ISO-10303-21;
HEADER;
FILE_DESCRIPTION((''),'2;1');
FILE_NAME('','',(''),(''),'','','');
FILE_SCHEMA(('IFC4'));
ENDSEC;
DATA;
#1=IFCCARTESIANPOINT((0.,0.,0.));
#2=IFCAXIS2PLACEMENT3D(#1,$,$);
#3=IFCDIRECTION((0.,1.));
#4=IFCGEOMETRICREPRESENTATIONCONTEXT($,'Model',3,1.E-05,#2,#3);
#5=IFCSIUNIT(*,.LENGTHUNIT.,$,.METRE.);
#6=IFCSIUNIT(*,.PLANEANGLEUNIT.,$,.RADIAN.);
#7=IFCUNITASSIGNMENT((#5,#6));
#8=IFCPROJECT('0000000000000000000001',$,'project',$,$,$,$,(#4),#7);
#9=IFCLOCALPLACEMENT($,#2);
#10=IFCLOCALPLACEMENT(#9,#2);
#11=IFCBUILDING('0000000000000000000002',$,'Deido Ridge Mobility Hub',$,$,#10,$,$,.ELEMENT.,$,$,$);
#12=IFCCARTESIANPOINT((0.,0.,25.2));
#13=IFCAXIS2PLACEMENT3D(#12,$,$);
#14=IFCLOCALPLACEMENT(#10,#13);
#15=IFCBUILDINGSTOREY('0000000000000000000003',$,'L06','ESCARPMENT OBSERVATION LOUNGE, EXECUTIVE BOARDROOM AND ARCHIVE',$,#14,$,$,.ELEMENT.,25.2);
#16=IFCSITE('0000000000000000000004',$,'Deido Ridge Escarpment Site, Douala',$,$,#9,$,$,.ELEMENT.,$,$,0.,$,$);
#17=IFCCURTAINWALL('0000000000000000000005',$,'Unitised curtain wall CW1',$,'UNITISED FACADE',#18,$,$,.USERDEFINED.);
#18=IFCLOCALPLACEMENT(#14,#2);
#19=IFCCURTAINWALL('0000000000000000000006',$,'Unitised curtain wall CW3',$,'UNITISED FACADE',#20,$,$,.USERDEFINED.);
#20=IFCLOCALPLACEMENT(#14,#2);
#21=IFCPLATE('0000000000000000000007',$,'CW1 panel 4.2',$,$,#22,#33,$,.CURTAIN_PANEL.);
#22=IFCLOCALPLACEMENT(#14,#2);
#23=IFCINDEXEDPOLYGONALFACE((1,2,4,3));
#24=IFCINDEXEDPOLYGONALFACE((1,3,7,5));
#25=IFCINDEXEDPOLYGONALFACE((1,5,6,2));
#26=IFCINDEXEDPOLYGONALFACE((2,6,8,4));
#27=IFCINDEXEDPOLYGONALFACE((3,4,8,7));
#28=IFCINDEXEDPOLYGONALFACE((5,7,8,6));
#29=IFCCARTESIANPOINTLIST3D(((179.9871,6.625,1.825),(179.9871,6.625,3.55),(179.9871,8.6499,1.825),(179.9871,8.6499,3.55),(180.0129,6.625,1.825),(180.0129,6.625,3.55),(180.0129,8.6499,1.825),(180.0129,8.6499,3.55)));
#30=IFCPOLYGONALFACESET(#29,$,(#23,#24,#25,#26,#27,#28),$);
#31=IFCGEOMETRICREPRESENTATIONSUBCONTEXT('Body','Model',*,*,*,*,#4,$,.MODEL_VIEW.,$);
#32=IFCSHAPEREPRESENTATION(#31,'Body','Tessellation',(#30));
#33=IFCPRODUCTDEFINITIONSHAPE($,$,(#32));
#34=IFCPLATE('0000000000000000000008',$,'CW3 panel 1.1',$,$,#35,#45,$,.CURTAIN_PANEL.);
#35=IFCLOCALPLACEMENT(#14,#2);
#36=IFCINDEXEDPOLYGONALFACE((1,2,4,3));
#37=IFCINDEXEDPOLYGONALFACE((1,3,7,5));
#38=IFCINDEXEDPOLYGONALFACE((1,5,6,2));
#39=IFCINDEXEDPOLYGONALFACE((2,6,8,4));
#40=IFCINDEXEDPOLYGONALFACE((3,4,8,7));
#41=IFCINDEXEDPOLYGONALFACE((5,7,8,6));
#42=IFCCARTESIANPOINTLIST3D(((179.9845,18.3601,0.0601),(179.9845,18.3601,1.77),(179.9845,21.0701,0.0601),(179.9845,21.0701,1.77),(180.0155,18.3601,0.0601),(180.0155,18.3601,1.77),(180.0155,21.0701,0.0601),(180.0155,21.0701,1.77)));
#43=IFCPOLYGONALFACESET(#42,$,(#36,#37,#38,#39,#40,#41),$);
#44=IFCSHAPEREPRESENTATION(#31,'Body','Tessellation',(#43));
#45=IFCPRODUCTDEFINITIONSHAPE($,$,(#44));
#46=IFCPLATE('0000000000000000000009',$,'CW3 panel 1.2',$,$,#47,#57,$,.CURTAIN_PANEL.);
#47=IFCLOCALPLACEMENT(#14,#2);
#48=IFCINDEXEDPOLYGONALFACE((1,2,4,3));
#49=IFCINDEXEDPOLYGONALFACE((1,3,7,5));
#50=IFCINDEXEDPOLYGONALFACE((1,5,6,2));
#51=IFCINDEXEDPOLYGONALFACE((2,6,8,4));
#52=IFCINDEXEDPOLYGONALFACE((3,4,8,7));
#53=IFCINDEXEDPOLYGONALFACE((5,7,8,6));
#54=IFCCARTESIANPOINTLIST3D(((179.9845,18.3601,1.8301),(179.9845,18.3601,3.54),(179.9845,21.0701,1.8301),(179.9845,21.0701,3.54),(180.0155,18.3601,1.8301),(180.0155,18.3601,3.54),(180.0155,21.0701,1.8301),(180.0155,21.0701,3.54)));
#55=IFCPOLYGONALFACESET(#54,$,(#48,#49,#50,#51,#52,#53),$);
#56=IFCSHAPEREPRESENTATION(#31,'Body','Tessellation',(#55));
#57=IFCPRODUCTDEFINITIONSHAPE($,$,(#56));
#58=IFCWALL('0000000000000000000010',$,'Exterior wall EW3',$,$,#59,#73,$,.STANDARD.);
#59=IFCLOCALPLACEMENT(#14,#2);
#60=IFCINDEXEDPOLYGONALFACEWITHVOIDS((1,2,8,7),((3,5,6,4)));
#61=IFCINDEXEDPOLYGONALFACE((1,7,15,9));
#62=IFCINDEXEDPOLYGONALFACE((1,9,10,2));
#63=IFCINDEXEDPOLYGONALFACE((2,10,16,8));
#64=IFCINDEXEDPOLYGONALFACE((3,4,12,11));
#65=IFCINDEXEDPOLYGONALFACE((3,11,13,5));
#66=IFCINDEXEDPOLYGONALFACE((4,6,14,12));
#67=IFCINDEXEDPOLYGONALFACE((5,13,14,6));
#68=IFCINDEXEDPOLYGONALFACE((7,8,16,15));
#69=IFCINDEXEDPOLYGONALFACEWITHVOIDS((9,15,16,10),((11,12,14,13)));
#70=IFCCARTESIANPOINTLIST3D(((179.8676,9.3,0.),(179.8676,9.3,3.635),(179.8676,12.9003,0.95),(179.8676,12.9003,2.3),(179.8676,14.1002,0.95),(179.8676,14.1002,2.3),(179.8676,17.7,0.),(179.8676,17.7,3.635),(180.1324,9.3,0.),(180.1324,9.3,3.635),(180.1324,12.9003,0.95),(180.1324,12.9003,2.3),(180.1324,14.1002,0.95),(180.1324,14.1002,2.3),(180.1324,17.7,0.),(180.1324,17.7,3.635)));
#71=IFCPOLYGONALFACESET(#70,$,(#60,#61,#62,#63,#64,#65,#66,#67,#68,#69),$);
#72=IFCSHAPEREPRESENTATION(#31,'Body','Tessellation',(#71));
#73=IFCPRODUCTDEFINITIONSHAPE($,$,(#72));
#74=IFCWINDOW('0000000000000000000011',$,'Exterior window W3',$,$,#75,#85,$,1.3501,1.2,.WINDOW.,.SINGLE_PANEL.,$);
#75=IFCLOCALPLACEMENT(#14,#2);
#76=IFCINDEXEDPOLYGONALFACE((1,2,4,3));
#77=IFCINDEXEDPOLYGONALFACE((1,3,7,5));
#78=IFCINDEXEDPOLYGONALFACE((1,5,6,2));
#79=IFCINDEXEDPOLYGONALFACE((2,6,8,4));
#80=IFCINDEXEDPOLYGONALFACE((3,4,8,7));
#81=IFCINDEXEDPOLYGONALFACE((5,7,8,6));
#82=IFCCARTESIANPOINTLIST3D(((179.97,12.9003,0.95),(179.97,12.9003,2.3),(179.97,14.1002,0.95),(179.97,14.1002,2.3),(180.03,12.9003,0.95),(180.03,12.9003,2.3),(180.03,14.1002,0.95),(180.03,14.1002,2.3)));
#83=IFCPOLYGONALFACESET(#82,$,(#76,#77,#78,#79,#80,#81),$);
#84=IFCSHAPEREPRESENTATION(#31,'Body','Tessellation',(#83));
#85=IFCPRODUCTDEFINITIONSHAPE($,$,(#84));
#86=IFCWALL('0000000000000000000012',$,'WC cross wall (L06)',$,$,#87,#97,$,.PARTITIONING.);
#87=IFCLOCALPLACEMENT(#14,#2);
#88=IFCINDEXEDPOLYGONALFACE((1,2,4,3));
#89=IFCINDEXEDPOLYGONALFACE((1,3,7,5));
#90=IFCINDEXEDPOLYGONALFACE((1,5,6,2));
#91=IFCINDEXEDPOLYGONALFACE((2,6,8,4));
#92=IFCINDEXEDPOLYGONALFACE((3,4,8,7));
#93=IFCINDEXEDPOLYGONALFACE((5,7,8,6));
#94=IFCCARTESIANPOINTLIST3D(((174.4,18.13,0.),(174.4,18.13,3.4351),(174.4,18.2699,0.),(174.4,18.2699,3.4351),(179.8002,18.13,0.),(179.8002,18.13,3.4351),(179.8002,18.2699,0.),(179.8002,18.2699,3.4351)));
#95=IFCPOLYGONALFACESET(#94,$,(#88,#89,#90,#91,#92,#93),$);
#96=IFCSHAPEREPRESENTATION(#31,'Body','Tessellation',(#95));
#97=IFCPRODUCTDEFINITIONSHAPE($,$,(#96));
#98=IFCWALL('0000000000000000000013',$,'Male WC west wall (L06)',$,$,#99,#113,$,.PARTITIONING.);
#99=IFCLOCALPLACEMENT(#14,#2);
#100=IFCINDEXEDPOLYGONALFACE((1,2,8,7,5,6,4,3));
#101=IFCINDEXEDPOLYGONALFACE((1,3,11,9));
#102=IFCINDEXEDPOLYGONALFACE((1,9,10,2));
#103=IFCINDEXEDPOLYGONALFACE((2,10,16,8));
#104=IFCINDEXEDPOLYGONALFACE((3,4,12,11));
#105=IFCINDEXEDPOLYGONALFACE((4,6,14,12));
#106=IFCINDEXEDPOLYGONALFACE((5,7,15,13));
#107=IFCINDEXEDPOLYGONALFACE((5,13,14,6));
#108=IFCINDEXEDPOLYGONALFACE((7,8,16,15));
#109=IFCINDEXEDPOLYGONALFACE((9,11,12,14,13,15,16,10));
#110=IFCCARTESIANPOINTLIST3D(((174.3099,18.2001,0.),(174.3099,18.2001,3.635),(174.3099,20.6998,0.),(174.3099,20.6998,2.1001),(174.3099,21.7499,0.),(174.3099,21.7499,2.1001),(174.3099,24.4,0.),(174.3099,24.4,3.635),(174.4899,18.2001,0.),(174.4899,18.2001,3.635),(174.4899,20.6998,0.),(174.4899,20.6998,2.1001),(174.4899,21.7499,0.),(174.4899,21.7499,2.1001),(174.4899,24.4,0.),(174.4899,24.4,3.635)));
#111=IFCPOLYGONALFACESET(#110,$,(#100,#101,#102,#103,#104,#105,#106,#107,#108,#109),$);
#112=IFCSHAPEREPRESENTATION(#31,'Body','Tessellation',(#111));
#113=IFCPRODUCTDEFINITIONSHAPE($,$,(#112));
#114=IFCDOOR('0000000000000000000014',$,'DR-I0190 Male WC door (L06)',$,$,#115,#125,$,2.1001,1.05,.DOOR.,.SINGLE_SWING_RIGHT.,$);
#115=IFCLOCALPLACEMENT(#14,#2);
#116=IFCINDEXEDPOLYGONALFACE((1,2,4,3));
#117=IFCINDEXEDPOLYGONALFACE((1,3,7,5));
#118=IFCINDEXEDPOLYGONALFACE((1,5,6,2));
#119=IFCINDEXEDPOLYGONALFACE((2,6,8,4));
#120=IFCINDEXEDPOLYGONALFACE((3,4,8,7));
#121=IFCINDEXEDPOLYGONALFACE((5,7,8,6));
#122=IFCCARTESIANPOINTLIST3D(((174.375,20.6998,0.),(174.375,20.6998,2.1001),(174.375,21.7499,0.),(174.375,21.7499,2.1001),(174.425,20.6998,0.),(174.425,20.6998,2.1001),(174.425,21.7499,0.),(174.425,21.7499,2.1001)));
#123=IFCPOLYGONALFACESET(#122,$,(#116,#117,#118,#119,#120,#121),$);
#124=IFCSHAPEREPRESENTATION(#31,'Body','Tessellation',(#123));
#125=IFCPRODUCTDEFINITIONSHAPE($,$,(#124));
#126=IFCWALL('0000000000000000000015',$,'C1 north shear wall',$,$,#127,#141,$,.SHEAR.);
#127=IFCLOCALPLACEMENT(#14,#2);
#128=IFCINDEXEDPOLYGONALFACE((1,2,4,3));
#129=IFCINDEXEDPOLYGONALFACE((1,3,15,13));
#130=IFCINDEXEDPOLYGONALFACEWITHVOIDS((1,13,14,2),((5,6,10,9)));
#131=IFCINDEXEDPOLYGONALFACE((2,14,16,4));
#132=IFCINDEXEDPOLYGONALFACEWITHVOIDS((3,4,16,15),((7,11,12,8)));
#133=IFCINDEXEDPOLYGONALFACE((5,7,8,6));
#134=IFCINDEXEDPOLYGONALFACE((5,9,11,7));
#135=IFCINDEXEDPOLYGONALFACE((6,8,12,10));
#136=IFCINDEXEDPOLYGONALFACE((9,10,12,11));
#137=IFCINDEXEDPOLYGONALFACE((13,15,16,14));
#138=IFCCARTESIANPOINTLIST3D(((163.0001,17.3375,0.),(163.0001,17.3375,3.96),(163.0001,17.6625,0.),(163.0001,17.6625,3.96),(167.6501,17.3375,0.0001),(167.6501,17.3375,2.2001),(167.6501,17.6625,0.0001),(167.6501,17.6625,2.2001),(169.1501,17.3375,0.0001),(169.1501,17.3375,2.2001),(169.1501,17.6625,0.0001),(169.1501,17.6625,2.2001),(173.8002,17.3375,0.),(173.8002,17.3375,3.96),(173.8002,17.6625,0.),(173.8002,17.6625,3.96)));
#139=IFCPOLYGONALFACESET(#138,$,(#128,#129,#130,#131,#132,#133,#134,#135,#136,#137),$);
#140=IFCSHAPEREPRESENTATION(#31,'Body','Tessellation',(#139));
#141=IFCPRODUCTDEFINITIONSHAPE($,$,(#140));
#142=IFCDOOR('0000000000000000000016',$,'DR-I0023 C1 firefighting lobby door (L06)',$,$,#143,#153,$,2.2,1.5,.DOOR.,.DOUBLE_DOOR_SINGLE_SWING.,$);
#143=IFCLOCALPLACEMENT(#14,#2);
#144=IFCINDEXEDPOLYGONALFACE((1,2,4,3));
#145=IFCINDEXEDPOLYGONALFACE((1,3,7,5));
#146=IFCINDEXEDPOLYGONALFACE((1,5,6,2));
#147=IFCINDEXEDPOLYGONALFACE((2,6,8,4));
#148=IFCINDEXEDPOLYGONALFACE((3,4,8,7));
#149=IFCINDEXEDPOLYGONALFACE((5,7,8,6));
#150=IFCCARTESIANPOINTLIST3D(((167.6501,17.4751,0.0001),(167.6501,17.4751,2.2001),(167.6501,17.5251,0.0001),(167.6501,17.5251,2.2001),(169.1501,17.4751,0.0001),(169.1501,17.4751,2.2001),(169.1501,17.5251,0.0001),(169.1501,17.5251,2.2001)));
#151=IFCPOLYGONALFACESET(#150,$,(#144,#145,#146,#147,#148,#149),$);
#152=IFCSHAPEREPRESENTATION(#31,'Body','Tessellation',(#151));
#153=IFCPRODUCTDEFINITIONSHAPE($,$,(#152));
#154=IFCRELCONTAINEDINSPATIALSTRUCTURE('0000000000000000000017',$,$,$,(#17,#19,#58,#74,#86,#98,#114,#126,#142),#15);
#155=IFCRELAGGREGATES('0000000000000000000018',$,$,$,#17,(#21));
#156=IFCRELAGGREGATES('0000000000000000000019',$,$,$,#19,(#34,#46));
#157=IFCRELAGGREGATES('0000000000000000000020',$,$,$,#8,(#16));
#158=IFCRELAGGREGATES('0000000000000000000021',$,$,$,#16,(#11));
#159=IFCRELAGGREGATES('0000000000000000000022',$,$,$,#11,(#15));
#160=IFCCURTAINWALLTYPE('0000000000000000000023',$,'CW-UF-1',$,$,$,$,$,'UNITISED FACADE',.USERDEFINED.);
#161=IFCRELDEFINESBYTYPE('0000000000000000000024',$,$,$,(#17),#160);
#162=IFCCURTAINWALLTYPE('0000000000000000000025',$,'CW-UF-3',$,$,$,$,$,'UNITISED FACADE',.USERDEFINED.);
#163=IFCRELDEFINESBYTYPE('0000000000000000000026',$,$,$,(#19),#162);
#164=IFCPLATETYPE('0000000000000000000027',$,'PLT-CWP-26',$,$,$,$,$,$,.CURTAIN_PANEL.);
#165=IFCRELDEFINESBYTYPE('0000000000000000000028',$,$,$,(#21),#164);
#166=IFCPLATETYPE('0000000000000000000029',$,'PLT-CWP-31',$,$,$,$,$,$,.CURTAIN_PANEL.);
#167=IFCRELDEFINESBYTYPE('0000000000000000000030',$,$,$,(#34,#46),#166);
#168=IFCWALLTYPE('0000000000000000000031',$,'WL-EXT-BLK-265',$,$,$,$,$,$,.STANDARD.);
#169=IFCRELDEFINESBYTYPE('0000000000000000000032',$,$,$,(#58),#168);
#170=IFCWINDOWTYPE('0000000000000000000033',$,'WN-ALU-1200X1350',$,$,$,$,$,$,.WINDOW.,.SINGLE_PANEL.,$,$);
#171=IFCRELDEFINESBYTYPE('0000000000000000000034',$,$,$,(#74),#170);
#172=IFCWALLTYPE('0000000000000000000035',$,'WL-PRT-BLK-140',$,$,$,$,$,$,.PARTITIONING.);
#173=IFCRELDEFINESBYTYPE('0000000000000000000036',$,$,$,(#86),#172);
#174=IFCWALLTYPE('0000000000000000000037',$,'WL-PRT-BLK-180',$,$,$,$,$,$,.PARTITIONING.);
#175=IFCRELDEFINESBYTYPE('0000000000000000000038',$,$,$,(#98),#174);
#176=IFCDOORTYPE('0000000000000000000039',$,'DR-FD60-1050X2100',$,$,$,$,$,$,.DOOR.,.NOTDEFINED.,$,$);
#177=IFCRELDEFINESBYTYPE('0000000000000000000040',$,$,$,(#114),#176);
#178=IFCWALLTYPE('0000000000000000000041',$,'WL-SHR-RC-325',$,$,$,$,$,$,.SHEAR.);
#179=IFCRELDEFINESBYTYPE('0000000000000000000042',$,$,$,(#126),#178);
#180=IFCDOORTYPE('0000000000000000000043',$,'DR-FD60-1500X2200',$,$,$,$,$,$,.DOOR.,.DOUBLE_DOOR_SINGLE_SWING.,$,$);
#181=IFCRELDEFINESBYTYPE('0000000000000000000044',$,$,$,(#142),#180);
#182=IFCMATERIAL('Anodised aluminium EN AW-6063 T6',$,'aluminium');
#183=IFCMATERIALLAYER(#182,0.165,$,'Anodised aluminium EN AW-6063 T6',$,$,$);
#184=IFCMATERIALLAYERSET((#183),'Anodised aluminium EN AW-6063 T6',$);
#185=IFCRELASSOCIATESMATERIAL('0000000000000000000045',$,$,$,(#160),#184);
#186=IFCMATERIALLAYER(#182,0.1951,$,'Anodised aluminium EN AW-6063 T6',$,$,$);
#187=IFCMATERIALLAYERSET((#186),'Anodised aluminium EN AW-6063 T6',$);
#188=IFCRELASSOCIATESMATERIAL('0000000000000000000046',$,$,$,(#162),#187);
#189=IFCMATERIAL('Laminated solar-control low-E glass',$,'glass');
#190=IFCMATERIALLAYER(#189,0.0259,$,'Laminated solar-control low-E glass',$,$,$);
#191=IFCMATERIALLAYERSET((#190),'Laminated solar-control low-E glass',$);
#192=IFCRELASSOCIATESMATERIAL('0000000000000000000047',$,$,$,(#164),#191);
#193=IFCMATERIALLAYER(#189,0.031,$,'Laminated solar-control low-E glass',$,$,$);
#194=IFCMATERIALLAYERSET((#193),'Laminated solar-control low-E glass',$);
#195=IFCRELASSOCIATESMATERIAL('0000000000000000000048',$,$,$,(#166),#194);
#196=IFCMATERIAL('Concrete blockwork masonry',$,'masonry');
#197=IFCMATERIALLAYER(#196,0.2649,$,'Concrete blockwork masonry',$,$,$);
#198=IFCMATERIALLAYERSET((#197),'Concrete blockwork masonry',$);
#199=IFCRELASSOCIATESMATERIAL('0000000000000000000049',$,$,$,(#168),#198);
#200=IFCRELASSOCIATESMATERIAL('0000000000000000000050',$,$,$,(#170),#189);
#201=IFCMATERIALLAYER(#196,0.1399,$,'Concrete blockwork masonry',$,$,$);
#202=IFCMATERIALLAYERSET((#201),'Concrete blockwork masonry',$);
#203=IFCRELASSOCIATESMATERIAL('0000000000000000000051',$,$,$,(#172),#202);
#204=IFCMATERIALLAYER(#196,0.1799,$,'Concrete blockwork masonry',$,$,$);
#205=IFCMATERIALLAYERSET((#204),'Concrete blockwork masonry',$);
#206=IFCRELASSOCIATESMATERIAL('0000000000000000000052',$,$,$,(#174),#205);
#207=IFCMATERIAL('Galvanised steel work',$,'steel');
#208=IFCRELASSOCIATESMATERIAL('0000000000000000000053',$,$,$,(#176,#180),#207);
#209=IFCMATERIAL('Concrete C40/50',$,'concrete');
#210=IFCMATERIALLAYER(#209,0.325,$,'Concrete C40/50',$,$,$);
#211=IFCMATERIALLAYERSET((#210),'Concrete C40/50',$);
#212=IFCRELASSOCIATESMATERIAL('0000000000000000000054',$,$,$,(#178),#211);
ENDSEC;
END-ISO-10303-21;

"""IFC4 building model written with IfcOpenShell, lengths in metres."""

from ifc_helpers import new_model, si_unit, direction, frame, frame_2d, origin, origin_2d, place, context, subcontext, project, spatial, rectangle, extrude, material, layer, layer_set, type_object, element, fill, aggregate, save


model = new_model("IFC4")

# Units and contexts
model_context = context("Model", 3, precision=1e-05, world=origin(), true_north=direction((0.0, 1.0)))
body_context = subcontext(model_context, "Body", "Model", "MODEL_VIEW")
ifc_project = project(units=[si_unit("LENGTHUNIT", "METRE"), si_unit("PLANEANGLEUNIT", "RADIAN")], contexts=[model_context])

# Site, building, storey
site_placement = place(None, origin())
site = spatial("IfcSite", under=ifc_project, at=site_placement, Name="Deido Ridge Escarpment Site, Douala", CompositionType="ELEMENT", RefElevation=0.0)
building_placement = place(site_placement, origin())
building = spatial("IfcBuilding", under=site, at=building_placement, Name="Deido Ridge Mobility Hub", CompositionType="ELEMENT")
storey_placement = place(building_placement, frame((0.0, 0.0, 25.2)))
storey = spatial("IfcBuildingStorey", under=building, at=storey_placement, Name="L06", Description="ESCARPMENT OBSERVATION LOUNGE, EXECUTIVE BOARDROOM AND ARCHIVE", CompositionType="ELEMENT", Elevation=25.2)

# Curtain walls
ifc_material_1 = material(Name="Anodised aluminium EN AW-6063 T6", Category="aluminium")
ifc_layer_1 = layer(ifc_material_1, 0.165, Name="Anodised aluminium EN AW-6063 T6")
ifc_layer_set_1 = layer_set([ifc_layer_1], Name="Anodised aluminium EN AW-6063 T6")
curtain_wall_type_1 = type_object("IfcCurtainWallType", Name="CW-UF-1", ElementType="UNITISED FACADE", PredefinedType="USERDEFINED", material=ifc_layer_set_1)
curtain_wall_1_placement = place(storey_placement, origin())
curtain_wall_1 = element("IfcCurtainWall", 1, at=curtain_wall_1_placement, inside=storey, type_object=curtain_wall_type_1, Name="Unitised curtain wall CW1", ObjectType="UNITISED FACADE", PredefinedType="USERDEFINED")
ifc_layer_2 = layer(ifc_material_1, 0.1951, Name="Anodised aluminium EN AW-6063 T6")
ifc_layer_set_2 = layer_set([ifc_layer_2], Name="Anodised aluminium EN AW-6063 T6")
curtain_wall_type_2 = type_object("IfcCurtainWallType", Name="CW-UF-3", ElementType="UNITISED FACADE", PredefinedType="USERDEFINED", material=ifc_layer_set_2)
curtain_wall_2_placement = place(storey_placement, origin())
curtain_wall_2 = element("IfcCurtainWall", 2, at=curtain_wall_2_placement, inside=storey, type_object=curtain_wall_type_2, Name="Unitised curtain wall CW3", ObjectType="UNITISED FACADE", PredefinedType="USERDEFINED")

# Plates
ifc_material_2 = material(Name="Laminated solar-control low-E glass", Category="glass")
ifc_layer_3 = layer(ifc_material_2, 0.0259, Name="Laminated solar-control low-E glass")
ifc_layer_set_3 = layer_set([ifc_layer_3], Name="Laminated solar-control low-E glass")
plate_type_1 = type_object("IfcPlateType", Name="PLT-CWP-26", PredefinedType="CURTAIN_PANEL", material=ifc_layer_set_3)
plate_1_placement = place(storey_placement, frame((180.0, 7.6375, 1.825), z_axis=(0.0, 0.0, 1.0), x_axis=(0.0, 1.0, 0.0)))
plate_1 = element("IfcPlate", 3, at=plate_1_placement, type_object=plate_type_1, Name="CW1 panel 4.2", PredefinedType="CURTAIN_PANEL", context=body_context, shape_type="SweptSolid", body=[
    extrude(rectangle(XDim=2.0249, YDim=0.0259, at=origin_2d()), origin(), (0.0, 0.0, 1.0), 1.7251),
])
aggregate(curtain_wall_1, [plate_1])
ifc_layer_4 = layer(ifc_material_2, 0.031, Name="Laminated solar-control low-E glass")
ifc_layer_set_4 = layer_set([ifc_layer_4], Name="Laminated solar-control low-E glass")
plate_type_2 = type_object("IfcPlateType", Name="PLT-CWP-31", PredefinedType="CURTAIN_PANEL", material=ifc_layer_set_4)
plate_2_placement = place(storey_placement, frame((180.0, 19.7151, 0.0601), z_axis=(0.0, 0.0, 1.0), x_axis=(0.0, 1.0, 0.0)))
plate_2 = element("IfcPlate", 4, at=plate_2_placement, type_object=plate_type_2, Name="CW3 panel 1.1", PredefinedType="CURTAIN_PANEL", context=body_context, shape_type="SweptSolid", body=[
    extrude(rectangle(XDim=2.71, YDim=0.031, at=origin_2d()), origin(), (0.0, 0.0, 1.0), 1.71),
])
plate_3_placement = place(storey_placement, frame((180.0, 19.7151, 1.8301), z_axis=(0.0, 0.0, 1.0), x_axis=(0.0, 1.0, 0.0)))
plate_3 = element("IfcPlate", 5, at=plate_3_placement, type_object=plate_type_2, Name="CW3 panel 1.2", PredefinedType="CURTAIN_PANEL", context=body_context, shape_type="SweptSolid", body=[
    extrude(rectangle(XDim=2.71, YDim=0.031, at=origin_2d()), origin(), (0.0, 0.0, 1.0), 1.71),
])
aggregate(curtain_wall_2, [plate_2, plate_3])

# Wall, opening, window
ifc_material_3 = material(Name="Concrete blockwork masonry", Category="masonry")
ifc_layer_5 = layer(ifc_material_3, 0.2649, Name="Concrete blockwork masonry")
ifc_layer_set_5 = layer_set([ifc_layer_5], Name="Concrete blockwork masonry")
wall_type_1 = type_object("IfcWallType", Name="WL-EXT-BLK-265", PredefinedType="STANDARD", material=ifc_layer_set_5)
wall_1_placement = place(storey_placement, frame((180.0, 9.3, 0.0), z_axis=(0.0, 0.0, 1.0), x_axis=(0.0, 1.0, 0.0)))
wall_1 = element("IfcWall", 6, at=wall_1_placement, inside=storey, type_object=wall_type_1, Name="Exterior wall EW3", PredefinedType="STANDARD", context=body_context, shape_type="SweptSolid", body=[
    extrude(rectangle(XDim=8.3999, YDim=0.2649, at=frame_2d((4.2, 0.0))), origin(), (0.0, 0.0, 1.0), 3.635),
])
opening_1_placement = place(wall_1_placement, frame((3.6001, 0.0, 0.95)))
opening_1 = element("IfcOpeningElement", 7, at=opening_1_placement, cuts=wall_1, PredefinedType="OPENING", context=body_context, shape_type="SweptSolid", body=[
    extrude(rectangle(XDim=1.2, YDim=1.3501, at=frame_2d((0.6001, 0.675))), frame((0.0, 0.1426, 0.0), z_axis=(0.0, -1.0, 0.0), x_axis=(1.0, 0.0, 0.0)), (0.0, 0.0, 1.0), 0.2849),
])
window_type = type_object("IfcWindowType", Name="WN-ALU-1200X1350", PartitioningType="SINGLE_PANEL", PredefinedType="WINDOW", material=ifc_material_2)
window_placement = place(opening_1_placement, origin())
window = element("IfcWindow", 8, at=window_placement, inside=storey, type_object=window_type, Name="Exterior window W3", OverallHeight=1.3501, OverallWidth=1.2, PartitioningType="SINGLE_PANEL", PredefinedType="WINDOW", context=body_context, shape_type="SweptSolid", body=[
    extrude(rectangle(XDim=1.2, YDim=1.3501, at=frame_2d((0.6001, 0.675))), frame((0.0, 0.03, 0.0), z_axis=(0.0, -1.0, 0.0), x_axis=(1.0, 0.0, 0.0)), (0.0, 0.0, 1.0), 0.0601),
])
fill(opening_1, window)

# Wall
ifc_layer_6 = layer(ifc_material_3, 0.1399, Name="Concrete blockwork masonry")
ifc_layer_set_6 = layer_set([ifc_layer_6], Name="Concrete blockwork masonry")
wall_type_2 = type_object("IfcWallType", Name="WL-PRT-BLK-140", PredefinedType="PARTITIONING", material=ifc_layer_set_6)
wall_2_placement = place(storey_placement, frame((174.3999, 18.2, 0.0), z_axis=(0.0, 0.0, 1.0), x_axis=(1.0, 0.0, 0.0)))
element("IfcWall", 9, at=wall_2_placement, inside=storey, type_object=wall_type_2, Name="WC cross wall (L06)", PredefinedType="PARTITIONING", context=body_context, shape_type="SweptSolid", body=[
    extrude(rectangle(XDim=5.4001, YDim=0.1399, at=frame_2d((2.7002, 0.0))), origin(), (0.0, 0.0, 1.0), 3.4351),
])

# Walls, openings, doors
ifc_layer_7 = layer(ifc_material_3, 0.1799, Name="Concrete blockwork masonry")
ifc_layer_set_7 = layer_set([ifc_layer_7], Name="Concrete blockwork masonry")
wall_type_3 = type_object("IfcWallType", Name="WL-PRT-BLK-180", PredefinedType="PARTITIONING", material=ifc_layer_set_7)
wall_3_placement = place(storey_placement, frame((174.3999, 18.2, 0.0), z_axis=(0.0, 0.0, 1.0), x_axis=(0.0, 1.0, 0.0)))
wall_3 = element("IfcWall", 10, at=wall_3_placement, inside=storey, type_object=wall_type_3, Name="Male WC west wall (L06)", PredefinedType="PARTITIONING", context=body_context, shape_type="SweptSolid", body=[
    extrude(rectangle(XDim=6.2, YDim=0.1799, at=frame_2d((3.1001, 0.0))), origin(), (0.0, 0.0, 1.0), 3.635),
])
opening_2_placement = place(wall_3_placement, frame((2.5, 0.0, 0.0)))
opening_2 = element("IfcOpeningElement", 11, at=opening_2_placement, cuts=wall_3, PredefinedType="OPENING", context=body_context, shape_type="SweptSolid", body=[
    extrude(rectangle(XDim=1.05, YDim=2.1001, at=frame_2d((0.5249, 1.05))), frame((0.0, 0.1001, 0.0), z_axis=(0.0, -1.0, 0.0), x_axis=(1.0, 0.0, 0.0)), (0.0, 0.0, 1.0), 0.2),
])
ifc_material_4 = material(Name="Galvanised steel work", Category="steel")
door_type_1 = type_object("IfcDoorType", Name="DR-FD60-1050X2100", OperationType="NOTDEFINED", PredefinedType="DOOR", material=ifc_material_4)
door_1_placement = place(opening_2_placement, origin())
door_1 = element("IfcDoor", 12, at=door_1_placement, inside=storey, type_object=door_type_1, Name="DR-I0190 Male WC door (L06)", OperationType="SINGLE_SWING_RIGHT", OverallHeight=2.1001, OverallWidth=1.05, PredefinedType="DOOR", context=body_context, shape_type="SweptSolid", body=[
    extrude(rectangle(XDim=1.05, YDim=2.1001, at=frame_2d((0.5249, 1.05))), frame((0.0, 0.0249, 0.0), z_axis=(0.0, -1.0, 0.0), x_axis=(1.0, 0.0, 0.0)), (0.0, 0.0, 1.0), 0.05),
])
fill(opening_2, door_1)
ifc_material_5 = material(Name="Concrete C40/50", Category="concrete")
ifc_layer_8 = layer(ifc_material_5, 0.325, Name="Concrete C40/50")
ifc_layer_set_8 = layer_set([ifc_layer_8], Name="Concrete C40/50")
wall_type_4 = type_object("IfcWallType", Name="WL-SHR-RC-325", PredefinedType="SHEAR", material=ifc_layer_set_8)
wall_4_placement = place(storey_placement, frame((173.8, 17.5, 0.0), z_axis=(0.0, 0.0, 1.0), x_axis=(-1.0, 0.0, 0.0)))
wall_4 = element("IfcWall", 13, at=wall_4_placement, inside=storey, type_object=wall_type_4, Name="C1 north shear wall", PredefinedType="SHEAR", context=body_context, shape_type="SweptSolid", body=[
    extrude(rectangle(XDim=10.8, YDim=0.325, at=frame_2d((5.3999, 0.0))), origin(), (0.0, 0.0, 1.0), 3.96),
])
opening_3_placement = place(wall_4_placement, frame((4.6499, 0.0, 0.0)))
opening_3 = element("IfcOpeningElement", 14, at=opening_3_placement, cuts=wall_4, PredefinedType="OPENING", context=body_context, shape_type="SweptSolid", body=[
    extrude(rectangle(XDim=1.5, YDim=2.2, at=frame_2d((0.75, 1.1001))), frame((0.0, 0.1724, 0.0), z_axis=(0.0, -1.0, 0.0), x_axis=(1.0, 0.0, 0.0)), (0.0, 0.0, 1.0), 0.345),
])
door_type_2 = type_object("IfcDoorType", Name="DR-FD60-1500X2200", OperationType="DOUBLE_DOOR_SINGLE_SWING", PredefinedType="DOOR", material=ifc_material_4)
door_2_placement = place(opening_3_placement, origin())
door_2 = element("IfcDoor", 15, at=door_2_placement, inside=storey, type_object=door_type_2, Name="DR-I0023 C1 firefighting lobby door (L06)", OperationType="DOUBLE_DOOR_SINGLE_SWING", OverallHeight=2.2, OverallWidth=1.5, PredefinedType="DOOR", context=body_context, shape_type="SweptSolid", body=[
    extrude(rectangle(XDim=1.5, YDim=2.2, at=frame_2d((0.75, 1.1001))), frame((0.0, 0.0249, 0.0), z_axis=(0.0, -1.0, 0.0), x_axis=(1.0, 0.0, 0.0)), (0.0, 0.0, 1.0), 0.05),
])
fill(opening_3, door_2)

save(model, "model.ifc")
